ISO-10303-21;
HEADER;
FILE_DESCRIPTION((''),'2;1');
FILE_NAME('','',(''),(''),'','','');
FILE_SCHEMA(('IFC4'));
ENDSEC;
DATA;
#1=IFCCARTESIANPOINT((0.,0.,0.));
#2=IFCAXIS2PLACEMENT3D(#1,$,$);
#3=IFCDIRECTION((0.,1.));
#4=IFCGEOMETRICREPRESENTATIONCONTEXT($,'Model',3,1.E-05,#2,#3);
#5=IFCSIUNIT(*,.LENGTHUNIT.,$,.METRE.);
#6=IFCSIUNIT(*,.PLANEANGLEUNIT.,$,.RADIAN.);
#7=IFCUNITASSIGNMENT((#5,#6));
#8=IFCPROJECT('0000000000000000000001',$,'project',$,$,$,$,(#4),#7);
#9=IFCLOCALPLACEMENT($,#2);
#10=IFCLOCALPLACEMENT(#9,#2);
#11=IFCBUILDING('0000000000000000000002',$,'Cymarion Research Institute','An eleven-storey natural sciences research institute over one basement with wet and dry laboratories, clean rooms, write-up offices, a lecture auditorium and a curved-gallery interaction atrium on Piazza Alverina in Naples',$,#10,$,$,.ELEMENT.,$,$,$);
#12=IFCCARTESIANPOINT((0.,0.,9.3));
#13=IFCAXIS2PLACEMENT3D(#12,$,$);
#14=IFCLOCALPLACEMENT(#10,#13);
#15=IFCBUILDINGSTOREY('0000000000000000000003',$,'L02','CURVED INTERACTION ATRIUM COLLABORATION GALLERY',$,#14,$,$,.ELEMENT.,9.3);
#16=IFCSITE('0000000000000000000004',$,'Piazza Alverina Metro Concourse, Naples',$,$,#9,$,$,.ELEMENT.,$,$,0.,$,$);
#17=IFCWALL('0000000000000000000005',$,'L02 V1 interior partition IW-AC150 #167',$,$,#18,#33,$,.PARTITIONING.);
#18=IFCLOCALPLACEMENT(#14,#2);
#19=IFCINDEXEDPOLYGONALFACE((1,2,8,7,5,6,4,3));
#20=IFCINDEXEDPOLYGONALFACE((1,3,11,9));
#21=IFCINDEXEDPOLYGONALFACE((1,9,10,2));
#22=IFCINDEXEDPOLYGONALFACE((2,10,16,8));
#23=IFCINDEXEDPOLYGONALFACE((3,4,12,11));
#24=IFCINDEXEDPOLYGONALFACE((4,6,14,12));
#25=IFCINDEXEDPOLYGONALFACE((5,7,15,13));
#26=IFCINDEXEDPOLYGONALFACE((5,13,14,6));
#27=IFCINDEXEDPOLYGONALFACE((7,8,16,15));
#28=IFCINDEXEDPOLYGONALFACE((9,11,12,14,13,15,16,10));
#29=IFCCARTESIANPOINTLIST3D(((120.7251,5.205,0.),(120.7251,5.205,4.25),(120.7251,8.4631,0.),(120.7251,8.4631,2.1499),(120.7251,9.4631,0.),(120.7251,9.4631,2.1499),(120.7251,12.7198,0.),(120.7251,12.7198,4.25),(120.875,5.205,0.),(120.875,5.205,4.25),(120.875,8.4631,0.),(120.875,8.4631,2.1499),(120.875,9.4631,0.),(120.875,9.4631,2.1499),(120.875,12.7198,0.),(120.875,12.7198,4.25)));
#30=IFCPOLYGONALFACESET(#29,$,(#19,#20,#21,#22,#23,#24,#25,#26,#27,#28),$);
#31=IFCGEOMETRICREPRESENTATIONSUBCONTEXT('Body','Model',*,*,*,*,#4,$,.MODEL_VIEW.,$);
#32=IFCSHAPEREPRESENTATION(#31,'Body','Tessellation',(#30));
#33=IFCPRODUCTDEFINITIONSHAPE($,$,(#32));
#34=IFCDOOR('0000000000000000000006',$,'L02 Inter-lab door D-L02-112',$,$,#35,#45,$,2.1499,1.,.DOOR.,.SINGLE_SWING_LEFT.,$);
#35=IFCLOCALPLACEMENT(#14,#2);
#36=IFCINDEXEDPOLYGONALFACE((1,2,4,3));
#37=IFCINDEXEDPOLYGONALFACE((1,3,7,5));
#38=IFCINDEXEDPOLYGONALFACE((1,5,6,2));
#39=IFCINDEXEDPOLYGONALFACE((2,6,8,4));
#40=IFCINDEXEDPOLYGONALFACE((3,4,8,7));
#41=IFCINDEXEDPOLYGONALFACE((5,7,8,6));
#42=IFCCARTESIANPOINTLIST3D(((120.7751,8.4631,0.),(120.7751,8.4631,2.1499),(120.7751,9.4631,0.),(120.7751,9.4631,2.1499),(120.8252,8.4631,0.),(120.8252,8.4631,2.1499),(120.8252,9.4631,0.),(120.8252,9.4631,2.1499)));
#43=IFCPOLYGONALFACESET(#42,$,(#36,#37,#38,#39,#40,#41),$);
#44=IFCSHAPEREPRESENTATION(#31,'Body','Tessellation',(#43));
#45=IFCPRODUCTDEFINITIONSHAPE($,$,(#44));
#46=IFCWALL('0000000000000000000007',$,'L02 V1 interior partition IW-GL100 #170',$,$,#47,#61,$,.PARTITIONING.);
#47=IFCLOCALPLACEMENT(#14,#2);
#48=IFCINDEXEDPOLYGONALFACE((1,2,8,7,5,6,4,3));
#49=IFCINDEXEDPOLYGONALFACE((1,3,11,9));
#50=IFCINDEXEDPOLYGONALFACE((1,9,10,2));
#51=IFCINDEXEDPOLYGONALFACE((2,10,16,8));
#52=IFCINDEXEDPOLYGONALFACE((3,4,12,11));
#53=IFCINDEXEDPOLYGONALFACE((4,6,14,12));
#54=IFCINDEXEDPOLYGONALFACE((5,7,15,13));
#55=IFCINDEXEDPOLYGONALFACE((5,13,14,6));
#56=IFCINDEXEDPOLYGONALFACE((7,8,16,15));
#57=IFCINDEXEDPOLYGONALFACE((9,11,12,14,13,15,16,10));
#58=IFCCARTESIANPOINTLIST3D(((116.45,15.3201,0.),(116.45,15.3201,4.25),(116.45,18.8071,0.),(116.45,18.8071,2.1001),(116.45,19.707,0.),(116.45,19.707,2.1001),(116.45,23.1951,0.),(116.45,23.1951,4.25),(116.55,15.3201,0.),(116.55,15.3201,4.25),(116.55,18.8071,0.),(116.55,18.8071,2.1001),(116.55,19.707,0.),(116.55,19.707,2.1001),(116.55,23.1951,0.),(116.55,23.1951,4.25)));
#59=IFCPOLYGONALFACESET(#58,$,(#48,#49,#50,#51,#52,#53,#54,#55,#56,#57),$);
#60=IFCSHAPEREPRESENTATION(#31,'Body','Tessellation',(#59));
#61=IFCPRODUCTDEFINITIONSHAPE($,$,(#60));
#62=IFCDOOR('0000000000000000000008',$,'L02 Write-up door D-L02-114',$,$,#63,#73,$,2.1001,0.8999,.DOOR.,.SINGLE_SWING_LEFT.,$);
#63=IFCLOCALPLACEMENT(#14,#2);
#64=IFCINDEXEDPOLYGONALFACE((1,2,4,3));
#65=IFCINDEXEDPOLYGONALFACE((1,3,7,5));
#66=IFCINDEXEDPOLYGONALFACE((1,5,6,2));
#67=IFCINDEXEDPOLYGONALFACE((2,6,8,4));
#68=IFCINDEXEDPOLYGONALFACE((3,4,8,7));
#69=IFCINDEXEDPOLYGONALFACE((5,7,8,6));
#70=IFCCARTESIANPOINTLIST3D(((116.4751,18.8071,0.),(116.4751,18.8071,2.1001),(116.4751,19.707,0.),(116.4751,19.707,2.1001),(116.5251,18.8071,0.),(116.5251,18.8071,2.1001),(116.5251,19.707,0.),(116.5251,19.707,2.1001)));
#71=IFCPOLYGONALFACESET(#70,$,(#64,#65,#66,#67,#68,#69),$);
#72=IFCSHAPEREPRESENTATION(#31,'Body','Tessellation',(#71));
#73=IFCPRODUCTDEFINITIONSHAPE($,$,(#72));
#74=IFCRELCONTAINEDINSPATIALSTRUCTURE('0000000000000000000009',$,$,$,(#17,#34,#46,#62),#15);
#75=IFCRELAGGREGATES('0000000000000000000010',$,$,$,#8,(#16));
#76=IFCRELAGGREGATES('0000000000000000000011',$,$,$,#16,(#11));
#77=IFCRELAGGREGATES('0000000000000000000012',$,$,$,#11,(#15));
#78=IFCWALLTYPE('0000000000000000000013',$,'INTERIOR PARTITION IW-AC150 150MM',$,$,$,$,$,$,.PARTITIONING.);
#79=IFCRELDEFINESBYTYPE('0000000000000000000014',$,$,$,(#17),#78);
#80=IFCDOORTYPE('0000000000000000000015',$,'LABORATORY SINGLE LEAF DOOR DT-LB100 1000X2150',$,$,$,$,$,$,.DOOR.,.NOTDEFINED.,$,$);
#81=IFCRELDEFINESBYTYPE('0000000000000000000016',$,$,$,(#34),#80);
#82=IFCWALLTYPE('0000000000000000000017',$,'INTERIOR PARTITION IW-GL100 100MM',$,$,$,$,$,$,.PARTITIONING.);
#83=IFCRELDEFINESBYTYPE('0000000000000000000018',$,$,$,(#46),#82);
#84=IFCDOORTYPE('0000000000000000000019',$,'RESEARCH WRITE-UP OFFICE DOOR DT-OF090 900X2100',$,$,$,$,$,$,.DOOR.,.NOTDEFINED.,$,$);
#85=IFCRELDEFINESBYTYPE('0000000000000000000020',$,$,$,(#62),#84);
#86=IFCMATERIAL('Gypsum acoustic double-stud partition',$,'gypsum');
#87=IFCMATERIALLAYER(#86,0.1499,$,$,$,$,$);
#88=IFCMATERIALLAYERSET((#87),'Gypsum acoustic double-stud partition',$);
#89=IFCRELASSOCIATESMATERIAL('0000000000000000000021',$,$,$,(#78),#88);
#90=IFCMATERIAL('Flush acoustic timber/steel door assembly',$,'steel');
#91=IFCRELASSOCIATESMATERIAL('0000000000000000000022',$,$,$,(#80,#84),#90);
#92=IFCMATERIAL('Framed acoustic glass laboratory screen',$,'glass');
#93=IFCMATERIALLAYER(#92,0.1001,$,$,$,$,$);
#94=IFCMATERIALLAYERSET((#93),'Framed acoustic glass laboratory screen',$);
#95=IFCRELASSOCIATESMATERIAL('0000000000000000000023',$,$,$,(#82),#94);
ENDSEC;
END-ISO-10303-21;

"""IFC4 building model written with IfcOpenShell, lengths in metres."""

from ifc_helpers import new_model, si_unit, direction, frame, frame_2d, origin, place, context, subcontext, project, spatial, rectangle, extrude, material, layer, layer_set, type_object, element, fill, save


model = new_model("IFC4")

# Units and contexts
model_context = context("Model", 3, precision=1e-05, world=origin(), true_north=direction((0.0, 1.0)))
body_context = subcontext(model_context, "Body", "Model", "MODEL_VIEW")
ifc_project = project(units=[si_unit("LENGTHUNIT", "METRE"), si_unit("PLANEANGLEUNIT", "RADIAN")], contexts=[model_context])

# Site, building, storey
site_placement = place(None, origin())
site = spatial("IfcSite", under=ifc_project, at=site_placement, Name="Piazza Alverina Metro Concourse, Naples", CompositionType="ELEMENT", RefElevation=0.0)
building_placement = place(site_placement, origin())
building = spatial("IfcBuilding", under=site, at=building_placement, Name="Cymarion Research Institute", Description="An eleven-storey natural sciences research institute over one basement with wet and dry laboratories, clean rooms, write-up offices, a lecture auditorium and a curved-gallery interaction atrium on Piazza Alverina in Naples", CompositionType="ELEMENT")
storey_placement = place(building_placement, frame((0.0, 0.0, 9.3)))
storey = spatial("IfcBuildingStorey", under=building, at=storey_placement, Name="L02", Description="CURVED INTERACTION ATRIUM COLLABORATION GALLERY", CompositionType="ELEMENT", Elevation=9.3)

# Walls, openings, doors
ifc_material_1 = material(Name="Gypsum acoustic double-stud partition", Category="gypsum")
ifc_layer_1 = layer(ifc_material_1, 0.1499)
ifc_layer_set_1 = layer_set([ifc_layer_1], Name="Gypsum acoustic double-stud partition")
wall_type_1 = type_object("IfcWallType", Name="INTERIOR PARTITION IW-AC150 150MM", PredefinedType="PARTITIONING", material=ifc_layer_set_1)
wall_1_placement = place(storey_placement, frame((120.8, 5.2051, 0.0), z_axis=(0.0, 0.0, 1.0), x_axis=(0.0, 1.0, 0.0)))
wall_1 = element("IfcWall", 1, at=wall_1_placement, inside=storey, type_object=wall_type_1, Name="L02 V1 interior partition IW-AC150 #167", PredefinedType="PARTITIONING", context=body_context, shape_type="SweptSolid", body=[
    extrude(rectangle(XDim=7.5149, YDim=0.1499, at=frame_2d((3.7573, 0.0))), origin(), (0.0, 0.0, 1.0), 4.25),
])
opening_1_placement = place(wall_1_placement, frame((3.2581, 0.0, 0.0)))
opening_1 = element("IfcOpeningElement", 2, at=opening_1_placement, cuts=wall_1, PredefinedType="OPENING", context=body_context, shape_type="SweptSolid", body=[
    extrude(rectangle(XDim=1.0, YDim=2.1499, at=frame_2d((0.5, 1.075))), frame((0.0, 0.085, 0.0), z_axis=(0.0, -1.0, 0.0), x_axis=(1.0, 0.0, 0.0)), (0.0, 0.0, 1.0), 0.1699),
])
ifc_material_2 = material(Name="Flush acoustic timber/steel door assembly", Category="steel")
door_type_1 = type_object("IfcDoorType", Name="LABORATORY SINGLE LEAF DOOR DT-LB100 1000X2150", OperationType="NOTDEFINED", PredefinedType="DOOR", material=ifc_material_2)
door_1_placement = place(opening_1_placement, origin())
door_1 = element("IfcDoor", 3, at=door_1_placement, inside=storey, type_object=door_type_1, Name="L02 Inter-lab door D-L02-112", OperationType="SINGLE_SWING_LEFT", OverallHeight=2.1499, OverallWidth=1.0, PredefinedType="DOOR", context=body_context, shape_type="SweptSolid", body=[
    extrude(rectangle(XDim=1.0, YDim=2.1499, at=frame_2d((0.5, 1.075))), frame((0.0, 0.0249, 0.0), z_axis=(0.0, -1.0, 0.0), x_axis=(1.0, 0.0, 0.0)), (0.0, 0.0, 1.0), 0.05),
])
fill(opening_1, door_1)
ifc_material_3 = material(Name="Framed acoustic glass laboratory screen", Category="glass")
ifc_layer_2 = layer(ifc_material_3, 0.1001)
ifc_layer_set_2 = layer_set([ifc_layer_2], Name="Framed acoustic glass laboratory screen")
wall_type_2 = type_object("IfcWallType", Name="INTERIOR PARTITION IW-GL100 100MM", PredefinedType="PARTITIONING", material=ifc_layer_set_2)
wall_2_placement = place(storey_placement, frame((116.5, 15.3201, 0.0), z_axis=(0.0, 0.0, 1.0), x_axis=(0.0, 1.0, 0.0)))
wall_2 = element("IfcWall", 4, at=wall_2_placement, inside=storey, type_object=wall_type_2, Name="L02 V1 interior partition IW-GL100 #170", PredefinedType="PARTITIONING", context=body_context, shape_type="SweptSolid", body=[
    extrude(rectangle(XDim=7.875, YDim=0.1001, at=frame_2d((3.9375, 0.0))), origin(), (0.0, 0.0, 1.0), 4.25),
])
opening_2_placement = place(wall_2_placement, frame((3.4871, 0.0, 0.0)))
opening_2 = element("IfcOpeningElement", 5, at=opening_2_placement, cuts=wall_2, PredefinedType="OPENING", context=body_context, shape_type="SweptSolid", body=[
    extrude(rectangle(XDim=0.8999, YDim=2.1001, at=frame_2d((0.45, 1.05))), frame((0.0, 0.0601, 0.0), z_axis=(0.0, -1.0, 0.0), x_axis=(1.0, 0.0, 0.0)), (0.0, 0.0, 1.0), 0.1201),
])
door_type_2 = type_object("IfcDoorType", Name="RESEARCH WRITE-UP OFFICE DOOR DT-OF090 900X2100", OperationType="NOTDEFINED", PredefinedType="DOOR", material=ifc_material_2)
door_2_placement = place(opening_2_placement, origin())
door_2 = element("IfcDoor", 6, at=door_2_placement, inside=storey, type_object=door_type_2, Name="L02 Write-up door D-L02-114", OperationType="SINGLE_SWING_LEFT", OverallHeight=2.1001, OverallWidth=0.8999, PredefinedType="DOOR", context=body_context, shape_type="SweptSolid", body=[
    extrude(rectangle(XDim=0.8999, YDim=2.1001, at=frame_2d((0.45, 1.05))), frame((0.0, 0.0249, 0.0), z_axis=(0.0, -1.0, 0.0), x_axis=(1.0, 0.0, 0.0)), (0.0, 0.0, 1.0), 0.05),
])
fill(opening_2, door_2)

save(model, "model.ifc")
